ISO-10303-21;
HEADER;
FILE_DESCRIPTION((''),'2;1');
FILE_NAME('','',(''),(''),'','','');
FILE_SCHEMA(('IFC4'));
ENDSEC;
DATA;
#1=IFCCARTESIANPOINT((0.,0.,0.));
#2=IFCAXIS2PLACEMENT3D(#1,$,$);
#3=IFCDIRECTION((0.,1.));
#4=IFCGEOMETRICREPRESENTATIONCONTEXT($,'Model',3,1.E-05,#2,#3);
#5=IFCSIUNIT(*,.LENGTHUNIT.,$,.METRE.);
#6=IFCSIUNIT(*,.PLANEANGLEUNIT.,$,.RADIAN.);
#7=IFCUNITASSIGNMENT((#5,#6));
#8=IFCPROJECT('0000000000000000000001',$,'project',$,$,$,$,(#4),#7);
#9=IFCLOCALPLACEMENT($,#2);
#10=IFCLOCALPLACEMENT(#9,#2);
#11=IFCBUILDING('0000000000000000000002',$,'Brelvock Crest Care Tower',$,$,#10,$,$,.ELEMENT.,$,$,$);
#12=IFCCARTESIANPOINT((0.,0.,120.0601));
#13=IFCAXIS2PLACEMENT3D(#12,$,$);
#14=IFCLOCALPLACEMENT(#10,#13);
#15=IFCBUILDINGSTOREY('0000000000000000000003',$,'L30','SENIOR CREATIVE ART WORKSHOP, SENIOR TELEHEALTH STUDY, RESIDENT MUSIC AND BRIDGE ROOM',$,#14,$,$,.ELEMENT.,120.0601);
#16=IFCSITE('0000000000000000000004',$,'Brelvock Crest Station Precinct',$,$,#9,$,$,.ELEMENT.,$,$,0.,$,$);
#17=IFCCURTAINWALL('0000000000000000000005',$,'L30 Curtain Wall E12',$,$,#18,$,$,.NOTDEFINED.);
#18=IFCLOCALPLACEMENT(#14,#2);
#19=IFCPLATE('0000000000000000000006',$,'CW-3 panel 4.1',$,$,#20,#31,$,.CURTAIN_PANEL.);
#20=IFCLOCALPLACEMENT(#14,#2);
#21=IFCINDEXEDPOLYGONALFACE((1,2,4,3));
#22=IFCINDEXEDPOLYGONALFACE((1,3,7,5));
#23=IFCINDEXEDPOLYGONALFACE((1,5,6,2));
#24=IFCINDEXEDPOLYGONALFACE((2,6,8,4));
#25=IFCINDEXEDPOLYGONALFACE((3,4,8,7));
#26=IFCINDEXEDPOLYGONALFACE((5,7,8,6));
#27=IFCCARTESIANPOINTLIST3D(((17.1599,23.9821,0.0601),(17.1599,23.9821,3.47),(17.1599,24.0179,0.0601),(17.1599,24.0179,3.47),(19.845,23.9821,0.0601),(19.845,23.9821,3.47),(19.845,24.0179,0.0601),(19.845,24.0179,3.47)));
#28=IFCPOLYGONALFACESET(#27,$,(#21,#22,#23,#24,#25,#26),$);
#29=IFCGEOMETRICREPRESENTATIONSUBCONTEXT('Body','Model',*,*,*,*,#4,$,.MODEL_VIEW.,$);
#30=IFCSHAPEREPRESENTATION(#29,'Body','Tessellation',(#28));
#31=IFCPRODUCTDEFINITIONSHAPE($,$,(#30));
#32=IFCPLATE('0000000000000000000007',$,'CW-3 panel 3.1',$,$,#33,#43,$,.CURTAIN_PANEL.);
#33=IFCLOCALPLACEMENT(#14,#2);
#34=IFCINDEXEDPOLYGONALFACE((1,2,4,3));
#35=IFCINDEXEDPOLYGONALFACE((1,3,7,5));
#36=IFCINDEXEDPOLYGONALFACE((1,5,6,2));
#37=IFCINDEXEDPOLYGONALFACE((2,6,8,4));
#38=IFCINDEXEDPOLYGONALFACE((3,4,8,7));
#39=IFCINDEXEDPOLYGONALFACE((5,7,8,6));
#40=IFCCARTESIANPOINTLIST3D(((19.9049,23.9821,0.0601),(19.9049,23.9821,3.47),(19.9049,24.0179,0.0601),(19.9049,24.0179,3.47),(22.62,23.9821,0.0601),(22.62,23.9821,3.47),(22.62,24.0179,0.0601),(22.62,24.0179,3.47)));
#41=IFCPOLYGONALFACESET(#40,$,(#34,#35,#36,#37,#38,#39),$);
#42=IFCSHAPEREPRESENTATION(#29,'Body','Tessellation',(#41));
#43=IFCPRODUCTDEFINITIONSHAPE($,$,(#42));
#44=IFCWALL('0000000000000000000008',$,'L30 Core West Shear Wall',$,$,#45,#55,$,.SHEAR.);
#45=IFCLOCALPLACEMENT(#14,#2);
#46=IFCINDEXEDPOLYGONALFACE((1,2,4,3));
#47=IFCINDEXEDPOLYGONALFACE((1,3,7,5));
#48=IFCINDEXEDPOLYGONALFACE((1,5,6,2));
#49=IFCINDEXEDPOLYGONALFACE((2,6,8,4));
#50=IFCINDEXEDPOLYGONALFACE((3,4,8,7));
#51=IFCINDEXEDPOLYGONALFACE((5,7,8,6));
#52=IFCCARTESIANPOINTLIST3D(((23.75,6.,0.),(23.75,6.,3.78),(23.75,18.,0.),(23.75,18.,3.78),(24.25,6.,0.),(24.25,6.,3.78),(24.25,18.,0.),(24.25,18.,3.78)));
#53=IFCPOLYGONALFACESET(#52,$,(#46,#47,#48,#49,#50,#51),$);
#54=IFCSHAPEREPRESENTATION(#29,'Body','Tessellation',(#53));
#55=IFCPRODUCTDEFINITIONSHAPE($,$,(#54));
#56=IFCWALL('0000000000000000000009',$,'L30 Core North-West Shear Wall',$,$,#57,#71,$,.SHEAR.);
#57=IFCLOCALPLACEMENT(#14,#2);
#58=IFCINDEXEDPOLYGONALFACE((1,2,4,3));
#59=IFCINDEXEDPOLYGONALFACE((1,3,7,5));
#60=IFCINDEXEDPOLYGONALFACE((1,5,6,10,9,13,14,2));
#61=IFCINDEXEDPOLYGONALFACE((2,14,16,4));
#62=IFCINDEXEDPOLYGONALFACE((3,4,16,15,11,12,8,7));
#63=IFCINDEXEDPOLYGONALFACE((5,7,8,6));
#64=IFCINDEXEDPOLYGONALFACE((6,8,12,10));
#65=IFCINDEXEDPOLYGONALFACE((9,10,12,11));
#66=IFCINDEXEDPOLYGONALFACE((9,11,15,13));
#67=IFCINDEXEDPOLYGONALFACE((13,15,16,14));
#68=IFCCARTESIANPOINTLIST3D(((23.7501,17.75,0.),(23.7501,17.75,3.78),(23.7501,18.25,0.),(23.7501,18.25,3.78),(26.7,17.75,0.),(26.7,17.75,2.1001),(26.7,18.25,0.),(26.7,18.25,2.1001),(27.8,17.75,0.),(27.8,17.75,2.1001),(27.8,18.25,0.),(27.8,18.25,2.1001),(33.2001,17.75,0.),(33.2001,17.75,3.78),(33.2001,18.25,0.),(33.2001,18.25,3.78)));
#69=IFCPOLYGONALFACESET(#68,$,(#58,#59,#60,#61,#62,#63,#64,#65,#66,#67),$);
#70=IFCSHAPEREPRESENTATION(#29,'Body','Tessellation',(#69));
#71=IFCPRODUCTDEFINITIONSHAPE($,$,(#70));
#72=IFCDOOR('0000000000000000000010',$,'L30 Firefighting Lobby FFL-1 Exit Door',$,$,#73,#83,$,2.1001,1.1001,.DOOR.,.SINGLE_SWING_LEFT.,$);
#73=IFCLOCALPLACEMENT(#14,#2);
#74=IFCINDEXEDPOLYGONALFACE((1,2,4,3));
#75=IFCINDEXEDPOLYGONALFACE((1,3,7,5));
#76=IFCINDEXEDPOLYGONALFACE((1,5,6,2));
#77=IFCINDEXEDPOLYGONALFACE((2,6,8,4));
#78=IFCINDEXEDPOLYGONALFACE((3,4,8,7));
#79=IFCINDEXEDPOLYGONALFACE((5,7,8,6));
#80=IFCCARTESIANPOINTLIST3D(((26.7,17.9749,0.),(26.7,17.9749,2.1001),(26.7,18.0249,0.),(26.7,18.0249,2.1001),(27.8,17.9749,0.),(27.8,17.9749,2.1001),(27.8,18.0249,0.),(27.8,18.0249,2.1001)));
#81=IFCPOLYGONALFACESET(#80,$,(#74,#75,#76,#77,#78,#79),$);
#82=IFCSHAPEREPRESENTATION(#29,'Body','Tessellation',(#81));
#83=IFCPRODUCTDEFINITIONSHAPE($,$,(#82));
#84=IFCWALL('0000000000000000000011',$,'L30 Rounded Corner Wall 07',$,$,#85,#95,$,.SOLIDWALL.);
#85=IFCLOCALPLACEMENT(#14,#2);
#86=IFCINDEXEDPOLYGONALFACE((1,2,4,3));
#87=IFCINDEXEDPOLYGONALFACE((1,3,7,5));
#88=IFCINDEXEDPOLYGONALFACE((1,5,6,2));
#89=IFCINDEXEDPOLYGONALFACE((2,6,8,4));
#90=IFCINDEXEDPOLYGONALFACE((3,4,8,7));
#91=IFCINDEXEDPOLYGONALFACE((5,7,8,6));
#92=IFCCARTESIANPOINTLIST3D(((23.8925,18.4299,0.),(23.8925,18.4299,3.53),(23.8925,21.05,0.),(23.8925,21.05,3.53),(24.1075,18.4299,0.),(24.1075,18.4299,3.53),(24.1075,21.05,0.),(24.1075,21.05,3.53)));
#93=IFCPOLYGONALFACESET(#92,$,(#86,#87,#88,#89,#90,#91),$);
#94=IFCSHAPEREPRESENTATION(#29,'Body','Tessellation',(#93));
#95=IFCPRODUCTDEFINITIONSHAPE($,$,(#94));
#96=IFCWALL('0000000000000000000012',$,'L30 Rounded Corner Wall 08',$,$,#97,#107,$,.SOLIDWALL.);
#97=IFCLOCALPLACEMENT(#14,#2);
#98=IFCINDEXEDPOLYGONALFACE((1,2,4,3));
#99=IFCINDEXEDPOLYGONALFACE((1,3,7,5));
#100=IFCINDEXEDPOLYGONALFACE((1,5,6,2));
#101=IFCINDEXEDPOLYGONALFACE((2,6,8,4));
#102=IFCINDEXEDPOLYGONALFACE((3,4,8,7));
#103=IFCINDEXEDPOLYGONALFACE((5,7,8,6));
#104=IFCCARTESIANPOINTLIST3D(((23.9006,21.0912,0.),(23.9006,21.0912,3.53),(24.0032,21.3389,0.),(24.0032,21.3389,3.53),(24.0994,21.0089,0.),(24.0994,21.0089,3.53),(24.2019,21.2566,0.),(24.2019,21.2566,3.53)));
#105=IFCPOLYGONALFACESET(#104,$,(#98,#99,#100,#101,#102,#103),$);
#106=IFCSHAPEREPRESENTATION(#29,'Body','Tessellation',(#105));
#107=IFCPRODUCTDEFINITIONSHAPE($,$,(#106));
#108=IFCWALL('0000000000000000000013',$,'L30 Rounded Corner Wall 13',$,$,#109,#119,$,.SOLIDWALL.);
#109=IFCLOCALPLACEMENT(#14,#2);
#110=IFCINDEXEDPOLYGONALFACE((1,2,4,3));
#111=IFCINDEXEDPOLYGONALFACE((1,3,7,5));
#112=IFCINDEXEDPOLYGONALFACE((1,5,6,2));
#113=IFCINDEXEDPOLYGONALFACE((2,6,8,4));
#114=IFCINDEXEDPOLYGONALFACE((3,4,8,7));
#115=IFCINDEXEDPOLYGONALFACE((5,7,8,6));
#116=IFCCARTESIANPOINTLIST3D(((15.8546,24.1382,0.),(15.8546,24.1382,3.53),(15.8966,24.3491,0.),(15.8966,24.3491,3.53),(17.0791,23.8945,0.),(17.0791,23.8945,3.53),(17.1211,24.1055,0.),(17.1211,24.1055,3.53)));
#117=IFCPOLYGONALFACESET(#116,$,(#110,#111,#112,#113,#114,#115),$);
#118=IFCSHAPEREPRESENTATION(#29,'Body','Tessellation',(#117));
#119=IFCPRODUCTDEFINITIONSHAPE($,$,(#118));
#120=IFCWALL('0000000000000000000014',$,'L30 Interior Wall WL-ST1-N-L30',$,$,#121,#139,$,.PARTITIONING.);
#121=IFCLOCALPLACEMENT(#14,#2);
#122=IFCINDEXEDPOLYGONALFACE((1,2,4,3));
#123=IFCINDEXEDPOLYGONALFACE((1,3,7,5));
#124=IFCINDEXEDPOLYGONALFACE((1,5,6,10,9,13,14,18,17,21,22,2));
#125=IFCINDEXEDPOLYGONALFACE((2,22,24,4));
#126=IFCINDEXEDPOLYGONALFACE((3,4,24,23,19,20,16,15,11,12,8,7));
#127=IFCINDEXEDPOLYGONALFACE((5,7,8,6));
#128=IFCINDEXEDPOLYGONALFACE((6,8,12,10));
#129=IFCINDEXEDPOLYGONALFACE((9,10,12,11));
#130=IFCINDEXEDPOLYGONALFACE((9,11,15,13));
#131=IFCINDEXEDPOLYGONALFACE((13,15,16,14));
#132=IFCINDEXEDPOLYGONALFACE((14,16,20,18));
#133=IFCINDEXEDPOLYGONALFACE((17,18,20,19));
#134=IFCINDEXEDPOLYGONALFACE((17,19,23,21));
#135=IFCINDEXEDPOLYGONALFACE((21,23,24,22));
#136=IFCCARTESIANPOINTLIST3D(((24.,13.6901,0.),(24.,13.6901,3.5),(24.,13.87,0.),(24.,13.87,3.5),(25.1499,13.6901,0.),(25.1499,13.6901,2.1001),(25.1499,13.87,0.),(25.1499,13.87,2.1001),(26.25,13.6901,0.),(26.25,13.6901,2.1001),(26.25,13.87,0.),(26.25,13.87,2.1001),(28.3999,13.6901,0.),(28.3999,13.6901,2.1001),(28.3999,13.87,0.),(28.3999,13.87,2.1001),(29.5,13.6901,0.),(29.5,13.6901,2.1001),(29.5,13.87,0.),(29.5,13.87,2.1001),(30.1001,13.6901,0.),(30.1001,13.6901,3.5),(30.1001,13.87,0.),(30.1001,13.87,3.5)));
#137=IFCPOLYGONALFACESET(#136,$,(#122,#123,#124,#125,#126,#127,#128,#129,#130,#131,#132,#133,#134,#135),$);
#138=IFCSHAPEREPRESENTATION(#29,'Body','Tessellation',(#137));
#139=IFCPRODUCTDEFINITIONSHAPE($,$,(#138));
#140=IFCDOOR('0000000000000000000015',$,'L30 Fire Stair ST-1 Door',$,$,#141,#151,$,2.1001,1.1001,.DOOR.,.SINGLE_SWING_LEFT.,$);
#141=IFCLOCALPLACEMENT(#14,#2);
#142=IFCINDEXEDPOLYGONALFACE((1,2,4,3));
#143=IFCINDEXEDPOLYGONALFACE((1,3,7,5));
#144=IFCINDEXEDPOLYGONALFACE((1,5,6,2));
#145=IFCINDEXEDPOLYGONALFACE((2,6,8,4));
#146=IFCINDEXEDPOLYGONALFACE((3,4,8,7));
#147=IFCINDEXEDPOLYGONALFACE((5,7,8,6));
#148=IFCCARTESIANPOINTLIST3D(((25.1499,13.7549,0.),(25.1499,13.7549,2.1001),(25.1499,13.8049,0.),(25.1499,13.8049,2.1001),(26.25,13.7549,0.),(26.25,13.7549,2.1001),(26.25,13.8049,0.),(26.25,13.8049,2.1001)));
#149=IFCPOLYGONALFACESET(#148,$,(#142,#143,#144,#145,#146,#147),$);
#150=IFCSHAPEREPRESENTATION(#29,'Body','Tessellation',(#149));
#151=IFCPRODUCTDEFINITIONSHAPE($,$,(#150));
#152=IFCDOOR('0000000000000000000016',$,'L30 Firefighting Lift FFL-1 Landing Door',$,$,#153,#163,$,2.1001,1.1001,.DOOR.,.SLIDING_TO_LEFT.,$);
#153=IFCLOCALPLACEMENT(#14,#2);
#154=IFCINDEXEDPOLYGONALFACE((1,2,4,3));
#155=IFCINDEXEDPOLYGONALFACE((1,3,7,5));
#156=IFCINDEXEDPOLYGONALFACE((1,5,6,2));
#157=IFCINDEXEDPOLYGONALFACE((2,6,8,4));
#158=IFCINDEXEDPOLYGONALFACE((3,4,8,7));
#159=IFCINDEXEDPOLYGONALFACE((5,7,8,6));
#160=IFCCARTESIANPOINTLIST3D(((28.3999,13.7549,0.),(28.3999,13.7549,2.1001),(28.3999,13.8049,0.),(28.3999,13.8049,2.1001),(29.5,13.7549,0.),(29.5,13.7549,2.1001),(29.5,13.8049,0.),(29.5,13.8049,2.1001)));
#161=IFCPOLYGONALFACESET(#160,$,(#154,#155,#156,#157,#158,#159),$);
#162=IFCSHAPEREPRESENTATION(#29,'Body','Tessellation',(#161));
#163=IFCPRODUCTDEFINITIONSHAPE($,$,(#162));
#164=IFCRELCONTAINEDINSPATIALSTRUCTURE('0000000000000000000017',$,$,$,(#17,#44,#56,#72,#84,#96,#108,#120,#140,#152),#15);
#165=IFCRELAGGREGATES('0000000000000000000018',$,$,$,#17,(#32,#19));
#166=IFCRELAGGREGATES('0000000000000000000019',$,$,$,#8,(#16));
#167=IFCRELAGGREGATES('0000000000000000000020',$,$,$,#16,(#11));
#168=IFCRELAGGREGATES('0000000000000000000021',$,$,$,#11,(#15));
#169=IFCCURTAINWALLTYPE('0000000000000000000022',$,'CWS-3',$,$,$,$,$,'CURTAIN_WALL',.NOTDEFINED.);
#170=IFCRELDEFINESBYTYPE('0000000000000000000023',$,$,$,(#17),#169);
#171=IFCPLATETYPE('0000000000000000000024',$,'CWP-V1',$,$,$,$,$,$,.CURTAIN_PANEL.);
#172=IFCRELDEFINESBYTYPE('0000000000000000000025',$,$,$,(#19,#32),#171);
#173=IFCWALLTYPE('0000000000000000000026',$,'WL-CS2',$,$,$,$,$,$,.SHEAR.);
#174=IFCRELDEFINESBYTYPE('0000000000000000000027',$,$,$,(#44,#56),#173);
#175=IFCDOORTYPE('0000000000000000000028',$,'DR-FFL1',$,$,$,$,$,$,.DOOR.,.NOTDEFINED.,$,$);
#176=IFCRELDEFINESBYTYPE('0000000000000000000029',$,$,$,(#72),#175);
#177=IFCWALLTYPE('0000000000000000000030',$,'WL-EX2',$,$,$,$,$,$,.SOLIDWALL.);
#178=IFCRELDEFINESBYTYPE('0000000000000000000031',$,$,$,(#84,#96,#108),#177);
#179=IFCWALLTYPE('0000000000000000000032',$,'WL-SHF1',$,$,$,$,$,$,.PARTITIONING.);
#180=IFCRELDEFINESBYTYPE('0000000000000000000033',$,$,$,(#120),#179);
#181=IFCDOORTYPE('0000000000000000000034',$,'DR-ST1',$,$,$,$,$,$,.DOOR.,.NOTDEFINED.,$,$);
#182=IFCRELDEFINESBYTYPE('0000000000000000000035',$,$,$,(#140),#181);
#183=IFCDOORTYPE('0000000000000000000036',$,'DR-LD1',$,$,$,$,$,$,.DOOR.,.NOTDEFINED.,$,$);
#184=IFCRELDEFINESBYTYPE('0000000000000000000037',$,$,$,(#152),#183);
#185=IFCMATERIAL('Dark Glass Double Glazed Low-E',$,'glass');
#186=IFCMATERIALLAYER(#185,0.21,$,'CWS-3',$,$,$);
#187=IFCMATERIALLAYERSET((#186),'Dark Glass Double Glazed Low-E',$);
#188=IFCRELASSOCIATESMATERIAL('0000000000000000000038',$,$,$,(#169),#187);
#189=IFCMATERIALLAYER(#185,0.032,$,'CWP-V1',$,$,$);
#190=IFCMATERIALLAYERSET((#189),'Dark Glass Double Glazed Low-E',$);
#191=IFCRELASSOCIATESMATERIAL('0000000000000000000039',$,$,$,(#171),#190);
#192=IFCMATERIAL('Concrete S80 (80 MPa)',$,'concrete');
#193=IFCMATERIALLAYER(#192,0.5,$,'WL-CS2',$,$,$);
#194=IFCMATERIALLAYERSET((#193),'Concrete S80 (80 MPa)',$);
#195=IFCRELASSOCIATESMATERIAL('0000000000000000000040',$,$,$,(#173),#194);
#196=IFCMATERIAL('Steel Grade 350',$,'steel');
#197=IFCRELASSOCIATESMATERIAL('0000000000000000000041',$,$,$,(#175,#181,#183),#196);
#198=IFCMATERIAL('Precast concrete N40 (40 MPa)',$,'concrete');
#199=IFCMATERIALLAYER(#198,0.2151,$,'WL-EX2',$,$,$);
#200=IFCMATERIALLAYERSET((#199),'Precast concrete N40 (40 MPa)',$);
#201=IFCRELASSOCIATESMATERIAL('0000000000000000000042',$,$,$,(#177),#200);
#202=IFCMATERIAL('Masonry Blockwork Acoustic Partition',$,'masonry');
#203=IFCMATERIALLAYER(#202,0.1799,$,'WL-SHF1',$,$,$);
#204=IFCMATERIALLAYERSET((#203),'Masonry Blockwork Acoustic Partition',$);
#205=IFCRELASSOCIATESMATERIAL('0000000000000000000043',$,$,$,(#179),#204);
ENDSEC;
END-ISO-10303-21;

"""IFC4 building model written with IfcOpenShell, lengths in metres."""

from ifc_helpers import new_model, si_unit, direction, frame, frame_2d, origin, origin_2d, place, context, subcontext, project, spatial, rectangle, extrude, source, transform, mapped, material, layer, layer_set, type_object, element, fill, aggregate, save


model = new_model("IFC4")

# Units and contexts
model_context = context("Model", 3, precision=1e-05, world=origin(), true_north=direction((0.0, 1.0)))
body_context = subcontext(model_context, "Body", "Model", "MODEL_VIEW")
ifc_project = project(units=[si_unit("LENGTHUNIT", "METRE"), si_unit("PLANEANGLEUNIT", "RADIAN")], contexts=[model_context])

# Site, building, storey
site_placement = place(None, origin())
site = spatial("IfcSite", under=ifc_project, at=site_placement, Name="Brelvock Crest Station Precinct", CompositionType="ELEMENT", RefElevation=0.0)
building_placement = place(site_placement, origin())
building = spatial("IfcBuilding", under=site, at=building_placement, Name="Brelvock Crest Care Tower", CompositionType="ELEMENT")
storey_placement = place(building_placement, frame((0.0, 0.0, 120.0601)))
storey = spatial("IfcBuildingStorey", under=building, at=storey_placement, Name="L30", Description="SENIOR CREATIVE ART WORKSHOP, SENIOR TELEHEALTH STUDY, RESIDENT MUSIC AND BRIDGE ROOM", CompositionType="ELEMENT", Elevation=120.0601)

# Shared definitions
ifc_material_1 = material(Name="Concrete S80 (80 MPa)", Category="concrete")

# Shared definitions
ifc_material_2 = material(Name="Steel Grade 350", Category="steel")

# Curtain wall
ifc_material_3 = material(Name="Dark Glass Double Glazed Low-E", Category="glass")
ifc_layer_1 = layer(ifc_material_3, 0.21, Name="CWS-3")
ifc_layer_set_1 = layer_set([ifc_layer_1], Name="Dark Glass Double Glazed Low-E")
curtain_wall_type = type_object("IfcCurtainWallType", Name="CWS-3", ElementType="CURTAIN_WALL", PredefinedType="NOTDEFINED", material=ifc_layer_set_1)
curtain_wall_placement = place(storey_placement, origin())
curtain_wall = element("IfcCurtainWall", 1, at=curtain_wall_placement, inside=storey, type_object=curtain_wall_type, Name="L30 Curtain Wall E12", PredefinedType="NOTDEFINED")

# Plates
ifc_layer_2 = layer(ifc_material_3, 0.032, Name="CWP-V1")
ifc_layer_set_2 = layer_set([ifc_layer_2], Name="Dark Glass Double Glazed Low-E")
plate_type = type_object("IfcPlateType", Name="CWP-V1", PredefinedType="CURTAIN_PANEL", material=ifc_layer_set_2)
shared_shape_1 = source(origin(), body_context, "Body", "SweptSolid", [
    extrude(rectangle(XDim=2.6851, YDim=0.0359, at=origin_2d()), origin(), (0.0, 0.0, 1.0), 3.4099),
])
plate_1_placement = place(storey_placement, frame((18.5024, 24.0, 0.0601), z_axis=(0.0, 0.0, 1.0), x_axis=(-1.0, 0.0, 0.0)))
plate_1 = element("IfcPlate", 2, at=plate_1_placement, type_object=plate_type, Name="CW-3 panel 4.1", PredefinedType="CURTAIN_PANEL", context=body_context, shape_type="MappedRepresentation", body=[
    mapped(shared_shape_1, transform((0.0, 0.0, 0.0), x_axis=(1.0, 0.0, 0.0), y_axis=(0.0, 1.0, 0.0), z_axis=(0.0, 0.0, 1.0), scale=1.0)),
])
shared_shape_2 = source(origin(), body_context, "Body", "SweptSolid", [
    extrude(rectangle(XDim=2.7151, YDim=0.0359, at=origin_2d()), origin(), (0.0, 0.0, 1.0), 3.4099),
])
plate_2_placement = place(storey_placement, frame((21.2625, 24.0, 0.0601), z_axis=(0.0, 0.0, 1.0), x_axis=(-1.0, 0.0, 0.0)))
plate_2 = element("IfcPlate", 3, at=plate_2_placement, type_object=plate_type, Name="CW-3 panel 3.1", PredefinedType="CURTAIN_PANEL", context=body_context, shape_type="MappedRepresentation", body=[
    mapped(shared_shape_2, transform((0.0, 0.0, 0.0), x_axis=(1.0, 0.0, 0.0), y_axis=(0.0, 1.0, 0.0), z_axis=(0.0, 0.0, 1.0), scale=1.0)),
])
aggregate(curtain_wall, [plate_2, plate_1])

# Wall
ifc_layer_3 = layer(ifc_material_1, 0.5, Name="WL-CS2")
ifc_layer_set_3 = layer_set([ifc_layer_3], Name="Concrete S80 (80 MPa)")
wall_type_1 = type_object("IfcWallType", Name="WL-CS2", PredefinedType="SHEAR", material=ifc_layer_set_3)
wall_1_placement = place(storey_placement, frame((24.0, 6.0, 0.0), z_axis=(0.0, 0.0, 1.0), x_axis=(0.0, 1.0, 0.0)))
element("IfcWall", 4, at=wall_1_placement, inside=storey, type_object=wall_type_1, Name="L30 Core West Shear Wall", PredefinedType="SHEAR", context=body_context, shape_type="SweptSolid", body=[
    extrude(rectangle(XDim=12.0, YDim=0.5, at=frame_2d((6.0, 0.0))), origin(), (0.0, 0.0, 1.0), 3.78),
])

# Wall, opening, door
wall_2_placement = place(storey_placement, frame((23.75, 18.0, 0.0), z_axis=(0.0, 0.0, 1.0), x_axis=(1.0, 0.0, 0.0)))
wall_2 = element("IfcWall", 5, at=wall_2_placement, inside=storey, type_object=wall_type_1, Name="L30 Core North-West Shear Wall", PredefinedType="SHEAR", context=body_context, shape_type="SweptSolid", body=[
    extrude(rectangle(XDim=9.45, YDim=0.5, at=frame_2d((4.7251, 0.0))), origin(), (0.0, 0.0, 1.0), 3.78),
])
opening_1_placement = place(wall_2_placement, frame((2.95, 0.0, 0.0)))
opening_1 = element("IfcOpeningElement", 6, at=opening_1_placement, cuts=wall_2, PredefinedType="OPENING", context=body_context, shape_type="SweptSolid", body=[
    extrude(rectangle(XDim=1.1001, YDim=2.1001, at=origin_2d()), frame((0.55, 0.26, 1.05), z_axis=(0.0, -1.0, 0.0), x_axis=(1.0, 0.0, 0.0)), (0.0, 0.0, 1.0), 0.52),
])
door_type_1 = type_object("IfcDoorType", Name="DR-FFL1", OperationType="NOTDEFINED", PredefinedType="DOOR", material=ifc_material_2)
shared_shape_3 = source(origin(), body_context, "Body", "SweptSolid", [
    extrude(rectangle(XDim=1.1001, YDim=2.1001, at=origin_2d()), frame((0.55, 0.0249, 1.05), z_axis=(0.0, -1.0, 0.0), x_axis=(1.0, 0.0, 0.0)), (0.0, 0.0, 1.0), 0.05),
])
door_1_placement = place(opening_1_placement, origin())
door_1 = element("IfcDoor", 7, at=door_1_placement, inside=storey, type_object=door_type_1, Name="L30 Firefighting Lobby FFL-1 Exit Door", OperationType="SINGLE_SWING_LEFT", OverallHeight=2.1001, OverallWidth=1.1001, PredefinedType="DOOR", context=body_context, shape_type="MappedRepresentation", body=[
    mapped(shared_shape_3, transform((0.0, 0.0, 0.0), x_axis=(1.0, 0.0, 0.0), y_axis=(0.0, 1.0, 0.0), z_axis=(0.0, 0.0, 1.0), scale=1.0)),
])
fill(opening_1, door_1)

# Walls
ifc_material_4 = material(Name="Precast concrete N40 (40 MPa)", Category="concrete")
ifc_layer_4 = layer(ifc_material_4, 0.2151, Name="WL-EX2")
ifc_layer_set_4 = layer_set([ifc_layer_4], Name="Precast concrete N40 (40 MPa)")
wall_type_2 = type_object("IfcWallType", Name="WL-EX2", PredefinedType="SOLIDWALL", material=ifc_layer_set_4)
wall_3_placement = place(storey_placement, frame((24.0, 18.4299, 0.0), z_axis=(0.0, 0.0, 1.0), x_axis=(0.0, 1.0, 0.0)))
element("IfcWall", 8, at=wall_3_placement, inside=storey, type_object=wall_type_2, Name="L30 Rounded Corner Wall 07", PredefinedType="SOLIDWALL", context=body_context, shape_type="SweptSolid", body=[
    extrude(rectangle(XDim=2.6201, YDim=0.2151, at=frame_2d((1.3101, 0.0))), origin(), (0.0, 0.0, 1.0), 3.53),
])
wall_4_placement = place(storey_placement, frame((24.0, 21.05, 0.0), z_axis=(0.0, 0.0, 1.0), x_axis=(0.382674, 0.923884, 0.0)))
element("IfcWall", 9, at=wall_4_placement, inside=storey, type_object=wall_type_2, Name="L30 Rounded Corner Wall 08", PredefinedType="SOLIDWALL", context=body_context, shape_type="SweptSolid", body=[
    extrude(rectangle(XDim=0.2681, YDim=0.2151, at=frame_2d((0.134, 0.0))), origin(), (0.0, 0.0, 1.0), 3.53),
])
wall_5_placement = place(storey_placement, frame((17.1001, 24.0, 0.0), z_axis=(0.0, 0.0, 1.0), x_axis=(-0.980776, 0.195138, 0.0)))
element("IfcWall", 10, at=wall_5_placement, inside=storey, type_object=wall_type_2, Name="L30 Rounded Corner Wall 13", PredefinedType="SOLIDWALL", context=body_context, shape_type="SweptSolid", body=[
    extrude(rectangle(XDim=1.2485, YDim=0.2151, at=frame_2d((0.6243, 0.0))), origin(), (0.0, 0.0, 1.0), 3.53),
])

# Wall, openings, doors
ifc_material_5 = material(Name="Masonry Blockwork Acoustic Partition", Category="masonry")
ifc_layer_5 = layer(ifc_material_5, 0.1799, Name="WL-SHF1")
ifc_layer_set_5 = layer_set([ifc_layer_5], Name="Masonry Blockwork Acoustic Partition")
wall_type_3 = type_object("IfcWallType", Name="WL-SHF1", PredefinedType="PARTITIONING", material=ifc_layer_set_5)
wall_6_placement = place(storey_placement, frame((24.0, 13.78, 0.0), z_axis=(0.0, 0.0, 1.0), x_axis=(1.0, 0.0, 0.0)))
wall_6 = element("IfcWall", 11, at=wall_6_placement, inside=storey, type_object=wall_type_3, Name="L30 Interior Wall WL-ST1-N-L30", PredefinedType="PARTITIONING", context=body_context, shape_type="SweptSolid", body=[
    extrude(rectangle(XDim=6.1001, YDim=0.1799, at=frame_2d((3.05, 0.0))), origin(), (0.0, 0.0, 1.0), 3.5),
])
opening_2_placement = place(wall_6_placement, frame((1.1499, 0.0, 0.0)))
opening_2 = element("IfcOpeningElement", 12, at=opening_2_placement, cuts=wall_6, PredefinedType="OPENING", context=body_context, shape_type="SweptSolid", body=[
    extrude(rectangle(XDim=1.1001, YDim=2.1001, at=origin_2d()), frame((0.55, 0.1001, 1.05), z_axis=(0.0, -1.0, 0.0), x_axis=(1.0, 0.0, 0.0)), (0.0, 0.0, 1.0), 0.2),
])
opening_3_placement = place(wall_6_placement, frame((4.3999, 0.0, 0.0)))
opening_3 = element("IfcOpeningElement", 13, at=opening_3_placement, cuts=wall_6, PredefinedType="OPENING", context=body_context, shape_type="SweptSolid", body=[
    extrude(rectangle(XDim=1.1001, YDim=2.1001, at=origin_2d()), frame((0.55, 0.1001, 1.05), z_axis=(0.0, -1.0, 0.0), x_axis=(1.0, 0.0, 0.0)), (0.0, 0.0, 1.0), 0.2),
])
door_type_2 = type_object("IfcDoorType", Name="DR-ST1", OperationType="NOTDEFINED", PredefinedType="DOOR", material=ifc_material_2)
shared_shape_4 = source(origin(), body_context, "Body", "SweptSolid", [
    extrude(rectangle(XDim=1.1001, YDim=2.1001, at=origin_2d()), frame((0.55, 0.0249, 1.05), z_axis=(0.0, -1.0, 0.0), x_axis=(1.0, 0.0, 0.0)), (0.0, 0.0, 1.0), 0.05),
])
door_2_placement = place(opening_2_placement, origin())
door_2 = element("IfcDoor", 14, at=door_2_placement, inside=storey, type_object=door_type_2, Name="L30 Fire Stair ST-1 Door", OperationType="SINGLE_SWING_LEFT", OverallHeight=2.1001, OverallWidth=1.1001, PredefinedType="DOOR", context=body_context, shape_type="MappedRepresentation", body=[
    mapped(shared_shape_4, transform((0.0, 0.0, 0.0), x_axis=(1.0, 0.0, 0.0), y_axis=(0.0, 1.0, 0.0), z_axis=(0.0, 0.0, 1.0), scale=1.0)),
])
fill(opening_2, door_2)
door_type_3 = type_object("IfcDoorType", Name="DR-LD1", OperationType="NOTDEFINED", PredefinedType="DOOR", material=ifc_material_2)
shared_shape_5 = source(origin(), body_context, "Body", "SweptSolid", [
    extrude(rectangle(XDim=1.1001, YDim=2.1001, at=origin_2d()), frame((0.55, 0.0249, 1.05), z_axis=(0.0, -1.0, 0.0), x_axis=(1.0, 0.0, 0.0)), (0.0, 0.0, 1.0), 0.05),
])
door_3_placement = place(opening_3_placement, origin())
door_3 = element("IfcDoor", 15, at=door_3_placement, inside=storey, type_object=door_type_3, Name="L30 Firefighting Lift FFL-1 Landing Door", OperationType="SLIDING_TO_LEFT", OverallHeight=2.1001, OverallWidth=1.1001, PredefinedType="DOOR", context=body_context, shape_type="MappedRepresentation", body=[
    mapped(shared_shape_5, transform((0.0, 0.0, 0.0), x_axis=(1.0, 0.0, 0.0), y_axis=(0.0, 1.0, 0.0), z_axis=(0.0, 0.0, 1.0), scale=1.0)),
])
fill(opening_3, door_3)

save(model, "model.ifc")
